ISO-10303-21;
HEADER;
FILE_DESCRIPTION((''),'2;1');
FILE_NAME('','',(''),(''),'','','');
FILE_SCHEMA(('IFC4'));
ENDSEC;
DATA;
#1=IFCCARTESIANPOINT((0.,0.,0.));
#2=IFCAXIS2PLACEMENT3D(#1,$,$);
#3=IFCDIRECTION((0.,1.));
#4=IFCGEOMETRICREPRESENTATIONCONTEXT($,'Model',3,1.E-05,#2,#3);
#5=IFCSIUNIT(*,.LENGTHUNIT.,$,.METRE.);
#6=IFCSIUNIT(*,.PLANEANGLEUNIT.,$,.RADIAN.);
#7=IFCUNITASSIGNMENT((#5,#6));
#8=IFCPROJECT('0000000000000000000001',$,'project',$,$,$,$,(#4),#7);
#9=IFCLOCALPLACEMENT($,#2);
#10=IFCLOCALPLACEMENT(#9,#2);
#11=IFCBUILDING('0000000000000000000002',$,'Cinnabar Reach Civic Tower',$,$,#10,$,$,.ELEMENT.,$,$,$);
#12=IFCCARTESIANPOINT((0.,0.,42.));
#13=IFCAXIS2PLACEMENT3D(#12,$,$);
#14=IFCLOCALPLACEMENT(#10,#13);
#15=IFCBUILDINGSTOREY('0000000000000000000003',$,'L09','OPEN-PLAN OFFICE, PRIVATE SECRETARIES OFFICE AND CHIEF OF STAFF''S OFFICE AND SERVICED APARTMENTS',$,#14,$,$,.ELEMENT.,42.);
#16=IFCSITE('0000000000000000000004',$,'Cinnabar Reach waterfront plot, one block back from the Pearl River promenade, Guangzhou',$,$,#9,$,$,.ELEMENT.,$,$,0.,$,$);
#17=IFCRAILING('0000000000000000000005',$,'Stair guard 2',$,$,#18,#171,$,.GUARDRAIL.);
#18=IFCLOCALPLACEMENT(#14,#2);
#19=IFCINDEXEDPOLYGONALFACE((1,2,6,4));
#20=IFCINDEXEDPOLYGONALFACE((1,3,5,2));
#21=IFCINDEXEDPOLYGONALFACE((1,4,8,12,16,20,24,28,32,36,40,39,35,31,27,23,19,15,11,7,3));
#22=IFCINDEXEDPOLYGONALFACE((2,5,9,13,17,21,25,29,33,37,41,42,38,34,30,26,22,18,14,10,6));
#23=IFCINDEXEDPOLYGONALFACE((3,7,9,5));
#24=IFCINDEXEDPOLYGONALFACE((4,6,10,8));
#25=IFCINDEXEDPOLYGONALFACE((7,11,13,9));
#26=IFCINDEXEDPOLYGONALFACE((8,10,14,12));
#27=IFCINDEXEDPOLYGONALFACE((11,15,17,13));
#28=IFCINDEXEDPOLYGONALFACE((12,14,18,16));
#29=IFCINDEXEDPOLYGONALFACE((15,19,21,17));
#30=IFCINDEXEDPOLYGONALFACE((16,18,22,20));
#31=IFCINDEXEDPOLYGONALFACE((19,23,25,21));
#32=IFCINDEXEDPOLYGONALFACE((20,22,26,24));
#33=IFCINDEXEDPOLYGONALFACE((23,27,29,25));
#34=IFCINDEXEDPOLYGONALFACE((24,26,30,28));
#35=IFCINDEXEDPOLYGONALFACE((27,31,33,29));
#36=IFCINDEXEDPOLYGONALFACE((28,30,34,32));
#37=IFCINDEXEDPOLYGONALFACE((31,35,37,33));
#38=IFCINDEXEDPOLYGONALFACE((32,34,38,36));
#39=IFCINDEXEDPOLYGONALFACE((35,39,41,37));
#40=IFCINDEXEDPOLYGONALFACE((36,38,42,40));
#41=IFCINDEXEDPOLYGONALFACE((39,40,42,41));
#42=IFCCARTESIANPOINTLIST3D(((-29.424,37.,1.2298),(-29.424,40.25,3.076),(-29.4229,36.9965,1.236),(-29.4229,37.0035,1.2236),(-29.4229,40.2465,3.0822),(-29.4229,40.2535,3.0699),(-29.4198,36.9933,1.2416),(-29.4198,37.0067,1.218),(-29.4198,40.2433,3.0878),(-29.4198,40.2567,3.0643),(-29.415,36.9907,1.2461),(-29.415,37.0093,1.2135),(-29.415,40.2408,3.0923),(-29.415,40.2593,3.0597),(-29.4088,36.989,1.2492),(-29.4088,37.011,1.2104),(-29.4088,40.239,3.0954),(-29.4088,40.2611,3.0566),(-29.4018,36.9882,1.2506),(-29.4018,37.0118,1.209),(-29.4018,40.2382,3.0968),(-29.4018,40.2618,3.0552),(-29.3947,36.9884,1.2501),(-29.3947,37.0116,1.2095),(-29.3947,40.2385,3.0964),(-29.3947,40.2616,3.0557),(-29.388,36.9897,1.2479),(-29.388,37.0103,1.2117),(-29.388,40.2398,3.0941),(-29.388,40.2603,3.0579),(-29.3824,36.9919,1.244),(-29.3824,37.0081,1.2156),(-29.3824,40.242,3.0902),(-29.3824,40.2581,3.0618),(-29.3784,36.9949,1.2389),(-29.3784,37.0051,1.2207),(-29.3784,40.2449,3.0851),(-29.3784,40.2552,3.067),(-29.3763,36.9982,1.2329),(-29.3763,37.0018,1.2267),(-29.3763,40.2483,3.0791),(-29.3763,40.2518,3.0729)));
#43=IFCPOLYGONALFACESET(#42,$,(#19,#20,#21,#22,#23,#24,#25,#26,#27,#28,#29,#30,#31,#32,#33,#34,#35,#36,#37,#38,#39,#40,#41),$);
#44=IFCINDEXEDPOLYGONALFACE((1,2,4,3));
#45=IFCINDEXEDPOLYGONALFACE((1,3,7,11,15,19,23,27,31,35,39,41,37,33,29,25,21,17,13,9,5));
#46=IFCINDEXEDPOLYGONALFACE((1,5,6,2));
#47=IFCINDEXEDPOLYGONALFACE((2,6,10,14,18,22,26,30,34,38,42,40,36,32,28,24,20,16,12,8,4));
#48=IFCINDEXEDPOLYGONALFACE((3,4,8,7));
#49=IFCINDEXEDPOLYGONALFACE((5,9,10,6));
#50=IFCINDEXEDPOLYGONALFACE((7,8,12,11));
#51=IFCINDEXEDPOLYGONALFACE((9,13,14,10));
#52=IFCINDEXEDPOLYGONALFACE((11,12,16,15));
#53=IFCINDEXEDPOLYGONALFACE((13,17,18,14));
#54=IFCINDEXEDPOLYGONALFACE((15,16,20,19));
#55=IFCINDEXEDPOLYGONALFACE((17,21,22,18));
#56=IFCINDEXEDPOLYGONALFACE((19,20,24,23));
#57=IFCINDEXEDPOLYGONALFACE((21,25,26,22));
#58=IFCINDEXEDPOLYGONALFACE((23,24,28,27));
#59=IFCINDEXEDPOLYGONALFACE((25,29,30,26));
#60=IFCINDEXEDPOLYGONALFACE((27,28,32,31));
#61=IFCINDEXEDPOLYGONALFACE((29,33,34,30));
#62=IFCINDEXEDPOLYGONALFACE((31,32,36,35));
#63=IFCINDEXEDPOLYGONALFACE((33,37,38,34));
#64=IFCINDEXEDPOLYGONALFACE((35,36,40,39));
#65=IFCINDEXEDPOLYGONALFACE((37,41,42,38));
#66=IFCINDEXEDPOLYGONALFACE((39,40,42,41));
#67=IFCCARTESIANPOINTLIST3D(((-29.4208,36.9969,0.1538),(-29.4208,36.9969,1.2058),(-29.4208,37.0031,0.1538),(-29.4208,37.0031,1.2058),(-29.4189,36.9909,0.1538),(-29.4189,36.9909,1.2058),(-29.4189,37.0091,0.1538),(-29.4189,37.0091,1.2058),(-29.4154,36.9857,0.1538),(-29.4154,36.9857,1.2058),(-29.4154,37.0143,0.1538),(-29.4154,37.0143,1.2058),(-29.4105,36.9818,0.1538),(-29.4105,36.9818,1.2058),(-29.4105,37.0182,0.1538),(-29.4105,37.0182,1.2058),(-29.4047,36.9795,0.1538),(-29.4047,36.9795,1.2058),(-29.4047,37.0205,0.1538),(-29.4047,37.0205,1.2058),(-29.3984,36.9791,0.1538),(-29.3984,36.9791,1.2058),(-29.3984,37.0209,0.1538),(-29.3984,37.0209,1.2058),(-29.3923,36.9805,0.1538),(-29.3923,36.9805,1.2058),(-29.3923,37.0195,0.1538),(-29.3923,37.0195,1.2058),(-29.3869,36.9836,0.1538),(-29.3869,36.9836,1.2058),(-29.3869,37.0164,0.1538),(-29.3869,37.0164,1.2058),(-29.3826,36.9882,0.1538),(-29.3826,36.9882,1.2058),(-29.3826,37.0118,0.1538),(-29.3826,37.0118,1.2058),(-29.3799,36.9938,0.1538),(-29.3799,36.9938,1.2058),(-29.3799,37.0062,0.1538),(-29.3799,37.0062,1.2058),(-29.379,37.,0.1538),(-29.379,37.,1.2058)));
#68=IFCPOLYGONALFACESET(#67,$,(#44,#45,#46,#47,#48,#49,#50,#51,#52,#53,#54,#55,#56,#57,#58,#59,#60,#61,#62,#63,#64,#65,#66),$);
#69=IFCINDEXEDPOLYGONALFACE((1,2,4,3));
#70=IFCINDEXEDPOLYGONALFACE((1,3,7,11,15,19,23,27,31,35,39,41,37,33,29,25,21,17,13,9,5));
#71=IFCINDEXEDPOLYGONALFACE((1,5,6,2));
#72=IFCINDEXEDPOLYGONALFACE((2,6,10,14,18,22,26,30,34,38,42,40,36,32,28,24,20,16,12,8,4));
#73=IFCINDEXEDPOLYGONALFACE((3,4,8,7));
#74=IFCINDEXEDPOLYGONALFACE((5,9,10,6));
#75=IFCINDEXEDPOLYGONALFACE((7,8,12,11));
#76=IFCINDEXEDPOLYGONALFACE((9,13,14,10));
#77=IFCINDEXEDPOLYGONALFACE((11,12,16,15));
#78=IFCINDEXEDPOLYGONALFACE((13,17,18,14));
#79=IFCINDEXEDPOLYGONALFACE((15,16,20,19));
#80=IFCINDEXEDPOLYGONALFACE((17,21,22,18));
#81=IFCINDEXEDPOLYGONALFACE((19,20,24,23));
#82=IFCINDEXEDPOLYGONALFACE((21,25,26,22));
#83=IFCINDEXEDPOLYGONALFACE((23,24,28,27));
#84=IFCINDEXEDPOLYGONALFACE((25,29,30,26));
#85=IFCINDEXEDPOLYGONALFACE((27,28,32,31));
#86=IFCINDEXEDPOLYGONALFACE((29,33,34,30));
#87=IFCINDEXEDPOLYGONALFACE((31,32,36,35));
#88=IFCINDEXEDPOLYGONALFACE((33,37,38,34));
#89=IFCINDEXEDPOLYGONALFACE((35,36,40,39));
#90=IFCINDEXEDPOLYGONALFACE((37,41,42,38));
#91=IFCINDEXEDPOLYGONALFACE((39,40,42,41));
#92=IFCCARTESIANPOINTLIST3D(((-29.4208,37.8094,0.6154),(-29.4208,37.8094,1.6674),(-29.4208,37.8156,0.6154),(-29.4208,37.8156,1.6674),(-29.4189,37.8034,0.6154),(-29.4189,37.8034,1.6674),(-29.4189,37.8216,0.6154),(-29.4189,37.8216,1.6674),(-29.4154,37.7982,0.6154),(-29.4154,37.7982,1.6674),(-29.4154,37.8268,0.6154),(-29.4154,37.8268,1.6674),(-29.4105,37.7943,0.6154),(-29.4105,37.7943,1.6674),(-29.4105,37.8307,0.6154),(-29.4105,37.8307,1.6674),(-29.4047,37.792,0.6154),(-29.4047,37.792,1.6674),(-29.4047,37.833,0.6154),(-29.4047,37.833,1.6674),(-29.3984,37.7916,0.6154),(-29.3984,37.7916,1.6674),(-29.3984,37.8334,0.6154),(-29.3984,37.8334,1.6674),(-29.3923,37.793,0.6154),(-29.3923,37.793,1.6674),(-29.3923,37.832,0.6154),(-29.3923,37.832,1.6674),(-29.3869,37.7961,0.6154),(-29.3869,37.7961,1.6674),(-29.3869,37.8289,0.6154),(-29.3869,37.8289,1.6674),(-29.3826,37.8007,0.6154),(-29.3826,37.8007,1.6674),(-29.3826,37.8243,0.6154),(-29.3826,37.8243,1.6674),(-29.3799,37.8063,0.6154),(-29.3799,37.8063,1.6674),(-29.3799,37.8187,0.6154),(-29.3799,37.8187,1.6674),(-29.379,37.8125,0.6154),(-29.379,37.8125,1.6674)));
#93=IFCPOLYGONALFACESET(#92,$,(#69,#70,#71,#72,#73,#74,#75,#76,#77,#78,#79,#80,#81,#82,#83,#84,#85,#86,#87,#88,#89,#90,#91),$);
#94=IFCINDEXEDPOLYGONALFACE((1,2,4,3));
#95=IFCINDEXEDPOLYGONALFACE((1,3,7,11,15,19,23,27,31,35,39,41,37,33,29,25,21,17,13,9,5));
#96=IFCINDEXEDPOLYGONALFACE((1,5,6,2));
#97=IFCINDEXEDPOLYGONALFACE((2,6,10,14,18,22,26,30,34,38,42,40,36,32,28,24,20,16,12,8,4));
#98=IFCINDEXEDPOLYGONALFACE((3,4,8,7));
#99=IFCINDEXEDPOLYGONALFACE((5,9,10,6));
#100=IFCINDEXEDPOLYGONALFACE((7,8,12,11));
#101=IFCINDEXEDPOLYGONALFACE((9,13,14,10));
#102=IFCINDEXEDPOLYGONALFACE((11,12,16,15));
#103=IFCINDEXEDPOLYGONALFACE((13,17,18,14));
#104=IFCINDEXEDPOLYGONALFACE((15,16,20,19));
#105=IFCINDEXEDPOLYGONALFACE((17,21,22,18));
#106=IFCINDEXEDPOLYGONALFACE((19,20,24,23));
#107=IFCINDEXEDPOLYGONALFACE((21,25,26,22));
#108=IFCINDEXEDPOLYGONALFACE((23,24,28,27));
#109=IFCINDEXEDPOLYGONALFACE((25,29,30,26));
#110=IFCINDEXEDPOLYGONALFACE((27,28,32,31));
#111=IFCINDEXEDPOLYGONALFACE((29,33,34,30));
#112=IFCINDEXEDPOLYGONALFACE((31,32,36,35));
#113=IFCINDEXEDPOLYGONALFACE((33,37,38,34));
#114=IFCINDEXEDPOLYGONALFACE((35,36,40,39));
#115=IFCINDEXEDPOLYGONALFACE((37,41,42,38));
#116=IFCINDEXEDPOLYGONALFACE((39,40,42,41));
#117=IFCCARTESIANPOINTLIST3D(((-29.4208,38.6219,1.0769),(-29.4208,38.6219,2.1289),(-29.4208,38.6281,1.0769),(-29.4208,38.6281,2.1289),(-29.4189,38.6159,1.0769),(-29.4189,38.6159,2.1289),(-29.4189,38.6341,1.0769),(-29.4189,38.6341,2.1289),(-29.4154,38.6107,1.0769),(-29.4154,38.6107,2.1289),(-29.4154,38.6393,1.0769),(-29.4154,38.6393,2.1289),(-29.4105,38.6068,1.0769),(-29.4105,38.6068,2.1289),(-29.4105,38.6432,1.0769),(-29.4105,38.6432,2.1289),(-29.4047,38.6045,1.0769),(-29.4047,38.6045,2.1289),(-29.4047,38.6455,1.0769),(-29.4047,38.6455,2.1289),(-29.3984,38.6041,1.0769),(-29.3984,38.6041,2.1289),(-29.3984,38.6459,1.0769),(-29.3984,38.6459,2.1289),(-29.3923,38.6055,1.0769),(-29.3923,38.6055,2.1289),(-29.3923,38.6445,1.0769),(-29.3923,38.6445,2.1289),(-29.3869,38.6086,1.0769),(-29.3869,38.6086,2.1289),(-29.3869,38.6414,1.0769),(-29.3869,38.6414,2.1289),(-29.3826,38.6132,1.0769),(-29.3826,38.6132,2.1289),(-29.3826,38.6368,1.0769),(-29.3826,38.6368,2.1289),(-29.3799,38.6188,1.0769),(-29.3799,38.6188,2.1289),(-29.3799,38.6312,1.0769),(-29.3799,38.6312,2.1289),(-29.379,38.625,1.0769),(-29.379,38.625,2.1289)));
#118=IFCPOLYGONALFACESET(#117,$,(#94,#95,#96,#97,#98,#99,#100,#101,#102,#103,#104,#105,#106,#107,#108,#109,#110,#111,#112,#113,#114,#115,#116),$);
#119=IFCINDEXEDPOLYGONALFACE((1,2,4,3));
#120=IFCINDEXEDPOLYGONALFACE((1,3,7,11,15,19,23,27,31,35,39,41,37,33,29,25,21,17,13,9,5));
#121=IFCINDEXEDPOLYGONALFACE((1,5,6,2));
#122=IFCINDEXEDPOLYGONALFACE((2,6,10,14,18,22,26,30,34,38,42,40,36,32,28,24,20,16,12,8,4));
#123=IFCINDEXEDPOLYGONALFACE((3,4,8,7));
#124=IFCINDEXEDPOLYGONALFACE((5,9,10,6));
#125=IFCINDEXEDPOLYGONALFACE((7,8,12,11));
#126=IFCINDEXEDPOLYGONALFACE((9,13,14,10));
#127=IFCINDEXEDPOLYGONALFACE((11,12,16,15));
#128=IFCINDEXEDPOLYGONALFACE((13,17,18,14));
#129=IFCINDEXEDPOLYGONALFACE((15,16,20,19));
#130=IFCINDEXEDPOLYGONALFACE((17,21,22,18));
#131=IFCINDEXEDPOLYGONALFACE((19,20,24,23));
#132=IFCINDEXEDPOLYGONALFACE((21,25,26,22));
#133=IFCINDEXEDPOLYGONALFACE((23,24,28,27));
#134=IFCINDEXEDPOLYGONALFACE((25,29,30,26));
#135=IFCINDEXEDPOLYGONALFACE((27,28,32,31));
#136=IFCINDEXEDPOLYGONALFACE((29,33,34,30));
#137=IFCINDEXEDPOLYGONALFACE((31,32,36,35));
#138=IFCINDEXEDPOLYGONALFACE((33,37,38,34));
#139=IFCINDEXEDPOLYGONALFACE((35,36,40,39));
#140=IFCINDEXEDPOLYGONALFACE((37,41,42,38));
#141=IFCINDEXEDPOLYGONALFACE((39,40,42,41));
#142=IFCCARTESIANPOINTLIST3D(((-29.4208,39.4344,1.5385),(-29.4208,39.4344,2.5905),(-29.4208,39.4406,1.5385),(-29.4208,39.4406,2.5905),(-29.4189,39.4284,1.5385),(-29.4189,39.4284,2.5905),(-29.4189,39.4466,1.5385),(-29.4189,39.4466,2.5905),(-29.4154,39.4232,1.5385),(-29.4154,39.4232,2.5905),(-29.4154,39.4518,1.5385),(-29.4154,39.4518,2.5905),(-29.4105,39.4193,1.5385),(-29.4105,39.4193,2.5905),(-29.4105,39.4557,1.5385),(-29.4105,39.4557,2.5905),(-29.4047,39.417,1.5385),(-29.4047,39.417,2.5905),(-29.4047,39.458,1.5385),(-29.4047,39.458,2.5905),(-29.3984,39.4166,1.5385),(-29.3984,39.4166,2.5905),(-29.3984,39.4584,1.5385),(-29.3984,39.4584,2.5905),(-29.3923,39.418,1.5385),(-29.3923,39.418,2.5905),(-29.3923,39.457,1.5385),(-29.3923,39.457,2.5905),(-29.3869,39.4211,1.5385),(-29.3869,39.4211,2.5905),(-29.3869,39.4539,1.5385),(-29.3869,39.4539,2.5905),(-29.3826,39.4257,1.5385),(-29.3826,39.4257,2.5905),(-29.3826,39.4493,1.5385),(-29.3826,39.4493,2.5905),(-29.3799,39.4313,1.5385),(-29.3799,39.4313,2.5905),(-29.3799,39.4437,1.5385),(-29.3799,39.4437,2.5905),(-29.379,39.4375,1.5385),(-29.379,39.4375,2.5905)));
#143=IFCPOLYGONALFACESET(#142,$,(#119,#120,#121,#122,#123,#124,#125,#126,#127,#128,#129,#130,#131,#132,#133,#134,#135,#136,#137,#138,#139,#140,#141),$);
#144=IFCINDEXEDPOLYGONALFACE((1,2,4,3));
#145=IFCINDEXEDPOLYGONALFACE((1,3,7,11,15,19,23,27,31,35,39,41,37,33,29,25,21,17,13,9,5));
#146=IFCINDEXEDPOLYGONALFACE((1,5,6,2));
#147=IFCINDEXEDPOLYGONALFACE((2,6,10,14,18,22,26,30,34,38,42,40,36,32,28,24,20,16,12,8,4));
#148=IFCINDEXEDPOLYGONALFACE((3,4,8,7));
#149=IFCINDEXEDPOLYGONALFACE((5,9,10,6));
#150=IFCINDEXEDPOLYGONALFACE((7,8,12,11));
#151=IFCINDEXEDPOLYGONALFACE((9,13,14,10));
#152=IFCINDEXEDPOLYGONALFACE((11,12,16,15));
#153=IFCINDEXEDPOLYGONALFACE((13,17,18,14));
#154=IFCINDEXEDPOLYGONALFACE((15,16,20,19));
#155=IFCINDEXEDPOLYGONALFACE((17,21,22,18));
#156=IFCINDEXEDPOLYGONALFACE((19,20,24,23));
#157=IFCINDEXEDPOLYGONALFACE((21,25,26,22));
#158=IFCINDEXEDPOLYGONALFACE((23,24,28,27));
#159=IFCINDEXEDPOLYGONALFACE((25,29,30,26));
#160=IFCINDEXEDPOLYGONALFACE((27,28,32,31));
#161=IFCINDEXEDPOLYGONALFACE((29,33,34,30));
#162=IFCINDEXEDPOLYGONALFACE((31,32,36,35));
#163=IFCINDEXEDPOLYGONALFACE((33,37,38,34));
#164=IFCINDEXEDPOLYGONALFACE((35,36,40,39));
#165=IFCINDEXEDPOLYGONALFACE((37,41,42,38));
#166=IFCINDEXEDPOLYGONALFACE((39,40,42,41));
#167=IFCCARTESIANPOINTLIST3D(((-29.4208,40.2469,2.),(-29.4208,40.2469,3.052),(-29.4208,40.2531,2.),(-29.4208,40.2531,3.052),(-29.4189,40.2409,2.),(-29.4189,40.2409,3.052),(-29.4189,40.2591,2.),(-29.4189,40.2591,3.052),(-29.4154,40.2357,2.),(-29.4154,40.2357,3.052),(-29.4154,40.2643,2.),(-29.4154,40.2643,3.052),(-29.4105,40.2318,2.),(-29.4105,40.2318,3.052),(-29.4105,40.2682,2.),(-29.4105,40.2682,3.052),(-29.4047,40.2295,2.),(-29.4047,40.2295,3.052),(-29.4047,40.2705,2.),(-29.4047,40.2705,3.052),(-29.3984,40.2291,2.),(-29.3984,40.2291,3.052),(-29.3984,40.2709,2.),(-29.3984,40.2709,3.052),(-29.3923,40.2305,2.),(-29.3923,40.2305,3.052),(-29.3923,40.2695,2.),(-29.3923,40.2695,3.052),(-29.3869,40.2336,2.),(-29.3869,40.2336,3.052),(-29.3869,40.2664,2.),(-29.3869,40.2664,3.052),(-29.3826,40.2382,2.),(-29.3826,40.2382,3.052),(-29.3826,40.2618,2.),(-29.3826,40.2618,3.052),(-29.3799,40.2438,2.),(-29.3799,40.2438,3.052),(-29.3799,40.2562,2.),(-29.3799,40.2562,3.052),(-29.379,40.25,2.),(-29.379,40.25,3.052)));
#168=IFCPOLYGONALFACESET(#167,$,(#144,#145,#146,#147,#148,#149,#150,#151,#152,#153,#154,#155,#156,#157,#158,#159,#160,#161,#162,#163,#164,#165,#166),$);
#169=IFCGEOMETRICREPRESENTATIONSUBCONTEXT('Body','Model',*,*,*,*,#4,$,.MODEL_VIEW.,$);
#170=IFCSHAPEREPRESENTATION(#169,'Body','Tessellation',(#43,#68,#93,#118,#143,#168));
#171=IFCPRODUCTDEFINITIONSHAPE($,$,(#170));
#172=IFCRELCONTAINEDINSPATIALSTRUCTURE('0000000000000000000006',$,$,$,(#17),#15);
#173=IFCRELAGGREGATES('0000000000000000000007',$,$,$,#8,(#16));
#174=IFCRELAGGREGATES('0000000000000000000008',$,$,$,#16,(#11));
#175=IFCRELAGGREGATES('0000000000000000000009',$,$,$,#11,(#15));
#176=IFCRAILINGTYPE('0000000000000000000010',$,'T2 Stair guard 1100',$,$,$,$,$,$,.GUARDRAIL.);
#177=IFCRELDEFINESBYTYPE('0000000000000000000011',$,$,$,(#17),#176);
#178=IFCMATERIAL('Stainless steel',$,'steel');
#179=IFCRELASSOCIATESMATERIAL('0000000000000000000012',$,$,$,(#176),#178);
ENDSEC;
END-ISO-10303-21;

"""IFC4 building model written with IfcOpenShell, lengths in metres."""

from ifc_helpers import new_model, si_unit, direction, frame, origin, origin_2d, place, context, subcontext, project, spatial, circle, extrude, material, type_object, element, save


model = new_model("IFC4")

# Units and contexts
model_context = context("Model", 3, precision=1e-05, world=origin(), true_north=direction((0.0, 1.0)))
body_context = subcontext(model_context, "Body", "Model", "MODEL_VIEW")
ifc_project = project(units=[si_unit("LENGTHUNIT", "METRE"), si_unit("PLANEANGLEUNIT", "RADIAN")], contexts=[model_context])

# Site, building, storey
site_placement = place(None, origin())
site = spatial("IfcSite", under=ifc_project, at=site_placement, Name="Cinnabar Reach waterfront plot, one block back from the Pearl River promenade, Guangzhou", CompositionType="ELEMENT", RefElevation=0.0)
building_placement = place(site_placement, origin())
building = spatial("IfcBuilding", under=site, at=building_placement, Name="Cinnabar Reach Civic Tower", CompositionType="ELEMENT")
storey_placement = place(building_placement, frame((0.0, 0.0, 42.0)))
storey = spatial("IfcBuildingStorey", under=building, at=storey_placement, Name="L09", Description="OPEN-PLAN OFFICE, PRIVATE SECRETARIES OFFICE AND CHIEF OF STAFF'S OFFICE AND SERVICED APARTMENTS", CompositionType="ELEMENT", Elevation=42.0)

# Railing
ifc_material_1 = material(Name="Stainless steel", Category="steel")
railing_type = type_object("IfcRailingType", Name="T2 Stair guard 1100", PredefinedType="GUARDRAIL", material=ifc_material_1)
railing_1_placement = place(storey_placement, frame((-29.4, 37.0, 0.1538)))
element("IfcRailing", 1, at=railing_1_placement, inside=storey, type_object=railing_type, Name="Stair guard 2", PredefinedType="GUARDRAIL", context=body_context, shape_type="SweptSolid", body=[
    extrude(circle(Radius=0.024, at=origin_2d()), frame((0.0, 0.0, 1.076), z_axis=(0.0, 0.869501, 0.49393), x_axis=(-1.0, 0.0, 0.0)), (0.0, 0.0, 1.0), 3.7378),
    extrude(circle(Radius=0.021, at=origin_2d()), origin(), (0.0, 0.0, 1.0), 1.052),
    extrude(circle(Radius=0.021, at=origin_2d()), frame((0.0, 0.8125, 0.4616)), (0.0, 0.0, 1.0), 1.052),
    extrude(circle(Radius=0.021, at=origin_2d()), frame((0.0, 1.625, 0.9231)), (0.0, 0.0, 1.0), 1.052),
    extrude(circle(Radius=0.021, at=origin_2d()), frame((0.0, 2.4375, 1.3847)), (0.0, 0.0, 1.0), 1.052),
    extrude(circle(Radius=0.021, at=origin_2d()), frame((0.0, 3.25, 1.8462)), (0.0, 0.0, 1.0), 1.052),
])

save(model, "model.ifc")
